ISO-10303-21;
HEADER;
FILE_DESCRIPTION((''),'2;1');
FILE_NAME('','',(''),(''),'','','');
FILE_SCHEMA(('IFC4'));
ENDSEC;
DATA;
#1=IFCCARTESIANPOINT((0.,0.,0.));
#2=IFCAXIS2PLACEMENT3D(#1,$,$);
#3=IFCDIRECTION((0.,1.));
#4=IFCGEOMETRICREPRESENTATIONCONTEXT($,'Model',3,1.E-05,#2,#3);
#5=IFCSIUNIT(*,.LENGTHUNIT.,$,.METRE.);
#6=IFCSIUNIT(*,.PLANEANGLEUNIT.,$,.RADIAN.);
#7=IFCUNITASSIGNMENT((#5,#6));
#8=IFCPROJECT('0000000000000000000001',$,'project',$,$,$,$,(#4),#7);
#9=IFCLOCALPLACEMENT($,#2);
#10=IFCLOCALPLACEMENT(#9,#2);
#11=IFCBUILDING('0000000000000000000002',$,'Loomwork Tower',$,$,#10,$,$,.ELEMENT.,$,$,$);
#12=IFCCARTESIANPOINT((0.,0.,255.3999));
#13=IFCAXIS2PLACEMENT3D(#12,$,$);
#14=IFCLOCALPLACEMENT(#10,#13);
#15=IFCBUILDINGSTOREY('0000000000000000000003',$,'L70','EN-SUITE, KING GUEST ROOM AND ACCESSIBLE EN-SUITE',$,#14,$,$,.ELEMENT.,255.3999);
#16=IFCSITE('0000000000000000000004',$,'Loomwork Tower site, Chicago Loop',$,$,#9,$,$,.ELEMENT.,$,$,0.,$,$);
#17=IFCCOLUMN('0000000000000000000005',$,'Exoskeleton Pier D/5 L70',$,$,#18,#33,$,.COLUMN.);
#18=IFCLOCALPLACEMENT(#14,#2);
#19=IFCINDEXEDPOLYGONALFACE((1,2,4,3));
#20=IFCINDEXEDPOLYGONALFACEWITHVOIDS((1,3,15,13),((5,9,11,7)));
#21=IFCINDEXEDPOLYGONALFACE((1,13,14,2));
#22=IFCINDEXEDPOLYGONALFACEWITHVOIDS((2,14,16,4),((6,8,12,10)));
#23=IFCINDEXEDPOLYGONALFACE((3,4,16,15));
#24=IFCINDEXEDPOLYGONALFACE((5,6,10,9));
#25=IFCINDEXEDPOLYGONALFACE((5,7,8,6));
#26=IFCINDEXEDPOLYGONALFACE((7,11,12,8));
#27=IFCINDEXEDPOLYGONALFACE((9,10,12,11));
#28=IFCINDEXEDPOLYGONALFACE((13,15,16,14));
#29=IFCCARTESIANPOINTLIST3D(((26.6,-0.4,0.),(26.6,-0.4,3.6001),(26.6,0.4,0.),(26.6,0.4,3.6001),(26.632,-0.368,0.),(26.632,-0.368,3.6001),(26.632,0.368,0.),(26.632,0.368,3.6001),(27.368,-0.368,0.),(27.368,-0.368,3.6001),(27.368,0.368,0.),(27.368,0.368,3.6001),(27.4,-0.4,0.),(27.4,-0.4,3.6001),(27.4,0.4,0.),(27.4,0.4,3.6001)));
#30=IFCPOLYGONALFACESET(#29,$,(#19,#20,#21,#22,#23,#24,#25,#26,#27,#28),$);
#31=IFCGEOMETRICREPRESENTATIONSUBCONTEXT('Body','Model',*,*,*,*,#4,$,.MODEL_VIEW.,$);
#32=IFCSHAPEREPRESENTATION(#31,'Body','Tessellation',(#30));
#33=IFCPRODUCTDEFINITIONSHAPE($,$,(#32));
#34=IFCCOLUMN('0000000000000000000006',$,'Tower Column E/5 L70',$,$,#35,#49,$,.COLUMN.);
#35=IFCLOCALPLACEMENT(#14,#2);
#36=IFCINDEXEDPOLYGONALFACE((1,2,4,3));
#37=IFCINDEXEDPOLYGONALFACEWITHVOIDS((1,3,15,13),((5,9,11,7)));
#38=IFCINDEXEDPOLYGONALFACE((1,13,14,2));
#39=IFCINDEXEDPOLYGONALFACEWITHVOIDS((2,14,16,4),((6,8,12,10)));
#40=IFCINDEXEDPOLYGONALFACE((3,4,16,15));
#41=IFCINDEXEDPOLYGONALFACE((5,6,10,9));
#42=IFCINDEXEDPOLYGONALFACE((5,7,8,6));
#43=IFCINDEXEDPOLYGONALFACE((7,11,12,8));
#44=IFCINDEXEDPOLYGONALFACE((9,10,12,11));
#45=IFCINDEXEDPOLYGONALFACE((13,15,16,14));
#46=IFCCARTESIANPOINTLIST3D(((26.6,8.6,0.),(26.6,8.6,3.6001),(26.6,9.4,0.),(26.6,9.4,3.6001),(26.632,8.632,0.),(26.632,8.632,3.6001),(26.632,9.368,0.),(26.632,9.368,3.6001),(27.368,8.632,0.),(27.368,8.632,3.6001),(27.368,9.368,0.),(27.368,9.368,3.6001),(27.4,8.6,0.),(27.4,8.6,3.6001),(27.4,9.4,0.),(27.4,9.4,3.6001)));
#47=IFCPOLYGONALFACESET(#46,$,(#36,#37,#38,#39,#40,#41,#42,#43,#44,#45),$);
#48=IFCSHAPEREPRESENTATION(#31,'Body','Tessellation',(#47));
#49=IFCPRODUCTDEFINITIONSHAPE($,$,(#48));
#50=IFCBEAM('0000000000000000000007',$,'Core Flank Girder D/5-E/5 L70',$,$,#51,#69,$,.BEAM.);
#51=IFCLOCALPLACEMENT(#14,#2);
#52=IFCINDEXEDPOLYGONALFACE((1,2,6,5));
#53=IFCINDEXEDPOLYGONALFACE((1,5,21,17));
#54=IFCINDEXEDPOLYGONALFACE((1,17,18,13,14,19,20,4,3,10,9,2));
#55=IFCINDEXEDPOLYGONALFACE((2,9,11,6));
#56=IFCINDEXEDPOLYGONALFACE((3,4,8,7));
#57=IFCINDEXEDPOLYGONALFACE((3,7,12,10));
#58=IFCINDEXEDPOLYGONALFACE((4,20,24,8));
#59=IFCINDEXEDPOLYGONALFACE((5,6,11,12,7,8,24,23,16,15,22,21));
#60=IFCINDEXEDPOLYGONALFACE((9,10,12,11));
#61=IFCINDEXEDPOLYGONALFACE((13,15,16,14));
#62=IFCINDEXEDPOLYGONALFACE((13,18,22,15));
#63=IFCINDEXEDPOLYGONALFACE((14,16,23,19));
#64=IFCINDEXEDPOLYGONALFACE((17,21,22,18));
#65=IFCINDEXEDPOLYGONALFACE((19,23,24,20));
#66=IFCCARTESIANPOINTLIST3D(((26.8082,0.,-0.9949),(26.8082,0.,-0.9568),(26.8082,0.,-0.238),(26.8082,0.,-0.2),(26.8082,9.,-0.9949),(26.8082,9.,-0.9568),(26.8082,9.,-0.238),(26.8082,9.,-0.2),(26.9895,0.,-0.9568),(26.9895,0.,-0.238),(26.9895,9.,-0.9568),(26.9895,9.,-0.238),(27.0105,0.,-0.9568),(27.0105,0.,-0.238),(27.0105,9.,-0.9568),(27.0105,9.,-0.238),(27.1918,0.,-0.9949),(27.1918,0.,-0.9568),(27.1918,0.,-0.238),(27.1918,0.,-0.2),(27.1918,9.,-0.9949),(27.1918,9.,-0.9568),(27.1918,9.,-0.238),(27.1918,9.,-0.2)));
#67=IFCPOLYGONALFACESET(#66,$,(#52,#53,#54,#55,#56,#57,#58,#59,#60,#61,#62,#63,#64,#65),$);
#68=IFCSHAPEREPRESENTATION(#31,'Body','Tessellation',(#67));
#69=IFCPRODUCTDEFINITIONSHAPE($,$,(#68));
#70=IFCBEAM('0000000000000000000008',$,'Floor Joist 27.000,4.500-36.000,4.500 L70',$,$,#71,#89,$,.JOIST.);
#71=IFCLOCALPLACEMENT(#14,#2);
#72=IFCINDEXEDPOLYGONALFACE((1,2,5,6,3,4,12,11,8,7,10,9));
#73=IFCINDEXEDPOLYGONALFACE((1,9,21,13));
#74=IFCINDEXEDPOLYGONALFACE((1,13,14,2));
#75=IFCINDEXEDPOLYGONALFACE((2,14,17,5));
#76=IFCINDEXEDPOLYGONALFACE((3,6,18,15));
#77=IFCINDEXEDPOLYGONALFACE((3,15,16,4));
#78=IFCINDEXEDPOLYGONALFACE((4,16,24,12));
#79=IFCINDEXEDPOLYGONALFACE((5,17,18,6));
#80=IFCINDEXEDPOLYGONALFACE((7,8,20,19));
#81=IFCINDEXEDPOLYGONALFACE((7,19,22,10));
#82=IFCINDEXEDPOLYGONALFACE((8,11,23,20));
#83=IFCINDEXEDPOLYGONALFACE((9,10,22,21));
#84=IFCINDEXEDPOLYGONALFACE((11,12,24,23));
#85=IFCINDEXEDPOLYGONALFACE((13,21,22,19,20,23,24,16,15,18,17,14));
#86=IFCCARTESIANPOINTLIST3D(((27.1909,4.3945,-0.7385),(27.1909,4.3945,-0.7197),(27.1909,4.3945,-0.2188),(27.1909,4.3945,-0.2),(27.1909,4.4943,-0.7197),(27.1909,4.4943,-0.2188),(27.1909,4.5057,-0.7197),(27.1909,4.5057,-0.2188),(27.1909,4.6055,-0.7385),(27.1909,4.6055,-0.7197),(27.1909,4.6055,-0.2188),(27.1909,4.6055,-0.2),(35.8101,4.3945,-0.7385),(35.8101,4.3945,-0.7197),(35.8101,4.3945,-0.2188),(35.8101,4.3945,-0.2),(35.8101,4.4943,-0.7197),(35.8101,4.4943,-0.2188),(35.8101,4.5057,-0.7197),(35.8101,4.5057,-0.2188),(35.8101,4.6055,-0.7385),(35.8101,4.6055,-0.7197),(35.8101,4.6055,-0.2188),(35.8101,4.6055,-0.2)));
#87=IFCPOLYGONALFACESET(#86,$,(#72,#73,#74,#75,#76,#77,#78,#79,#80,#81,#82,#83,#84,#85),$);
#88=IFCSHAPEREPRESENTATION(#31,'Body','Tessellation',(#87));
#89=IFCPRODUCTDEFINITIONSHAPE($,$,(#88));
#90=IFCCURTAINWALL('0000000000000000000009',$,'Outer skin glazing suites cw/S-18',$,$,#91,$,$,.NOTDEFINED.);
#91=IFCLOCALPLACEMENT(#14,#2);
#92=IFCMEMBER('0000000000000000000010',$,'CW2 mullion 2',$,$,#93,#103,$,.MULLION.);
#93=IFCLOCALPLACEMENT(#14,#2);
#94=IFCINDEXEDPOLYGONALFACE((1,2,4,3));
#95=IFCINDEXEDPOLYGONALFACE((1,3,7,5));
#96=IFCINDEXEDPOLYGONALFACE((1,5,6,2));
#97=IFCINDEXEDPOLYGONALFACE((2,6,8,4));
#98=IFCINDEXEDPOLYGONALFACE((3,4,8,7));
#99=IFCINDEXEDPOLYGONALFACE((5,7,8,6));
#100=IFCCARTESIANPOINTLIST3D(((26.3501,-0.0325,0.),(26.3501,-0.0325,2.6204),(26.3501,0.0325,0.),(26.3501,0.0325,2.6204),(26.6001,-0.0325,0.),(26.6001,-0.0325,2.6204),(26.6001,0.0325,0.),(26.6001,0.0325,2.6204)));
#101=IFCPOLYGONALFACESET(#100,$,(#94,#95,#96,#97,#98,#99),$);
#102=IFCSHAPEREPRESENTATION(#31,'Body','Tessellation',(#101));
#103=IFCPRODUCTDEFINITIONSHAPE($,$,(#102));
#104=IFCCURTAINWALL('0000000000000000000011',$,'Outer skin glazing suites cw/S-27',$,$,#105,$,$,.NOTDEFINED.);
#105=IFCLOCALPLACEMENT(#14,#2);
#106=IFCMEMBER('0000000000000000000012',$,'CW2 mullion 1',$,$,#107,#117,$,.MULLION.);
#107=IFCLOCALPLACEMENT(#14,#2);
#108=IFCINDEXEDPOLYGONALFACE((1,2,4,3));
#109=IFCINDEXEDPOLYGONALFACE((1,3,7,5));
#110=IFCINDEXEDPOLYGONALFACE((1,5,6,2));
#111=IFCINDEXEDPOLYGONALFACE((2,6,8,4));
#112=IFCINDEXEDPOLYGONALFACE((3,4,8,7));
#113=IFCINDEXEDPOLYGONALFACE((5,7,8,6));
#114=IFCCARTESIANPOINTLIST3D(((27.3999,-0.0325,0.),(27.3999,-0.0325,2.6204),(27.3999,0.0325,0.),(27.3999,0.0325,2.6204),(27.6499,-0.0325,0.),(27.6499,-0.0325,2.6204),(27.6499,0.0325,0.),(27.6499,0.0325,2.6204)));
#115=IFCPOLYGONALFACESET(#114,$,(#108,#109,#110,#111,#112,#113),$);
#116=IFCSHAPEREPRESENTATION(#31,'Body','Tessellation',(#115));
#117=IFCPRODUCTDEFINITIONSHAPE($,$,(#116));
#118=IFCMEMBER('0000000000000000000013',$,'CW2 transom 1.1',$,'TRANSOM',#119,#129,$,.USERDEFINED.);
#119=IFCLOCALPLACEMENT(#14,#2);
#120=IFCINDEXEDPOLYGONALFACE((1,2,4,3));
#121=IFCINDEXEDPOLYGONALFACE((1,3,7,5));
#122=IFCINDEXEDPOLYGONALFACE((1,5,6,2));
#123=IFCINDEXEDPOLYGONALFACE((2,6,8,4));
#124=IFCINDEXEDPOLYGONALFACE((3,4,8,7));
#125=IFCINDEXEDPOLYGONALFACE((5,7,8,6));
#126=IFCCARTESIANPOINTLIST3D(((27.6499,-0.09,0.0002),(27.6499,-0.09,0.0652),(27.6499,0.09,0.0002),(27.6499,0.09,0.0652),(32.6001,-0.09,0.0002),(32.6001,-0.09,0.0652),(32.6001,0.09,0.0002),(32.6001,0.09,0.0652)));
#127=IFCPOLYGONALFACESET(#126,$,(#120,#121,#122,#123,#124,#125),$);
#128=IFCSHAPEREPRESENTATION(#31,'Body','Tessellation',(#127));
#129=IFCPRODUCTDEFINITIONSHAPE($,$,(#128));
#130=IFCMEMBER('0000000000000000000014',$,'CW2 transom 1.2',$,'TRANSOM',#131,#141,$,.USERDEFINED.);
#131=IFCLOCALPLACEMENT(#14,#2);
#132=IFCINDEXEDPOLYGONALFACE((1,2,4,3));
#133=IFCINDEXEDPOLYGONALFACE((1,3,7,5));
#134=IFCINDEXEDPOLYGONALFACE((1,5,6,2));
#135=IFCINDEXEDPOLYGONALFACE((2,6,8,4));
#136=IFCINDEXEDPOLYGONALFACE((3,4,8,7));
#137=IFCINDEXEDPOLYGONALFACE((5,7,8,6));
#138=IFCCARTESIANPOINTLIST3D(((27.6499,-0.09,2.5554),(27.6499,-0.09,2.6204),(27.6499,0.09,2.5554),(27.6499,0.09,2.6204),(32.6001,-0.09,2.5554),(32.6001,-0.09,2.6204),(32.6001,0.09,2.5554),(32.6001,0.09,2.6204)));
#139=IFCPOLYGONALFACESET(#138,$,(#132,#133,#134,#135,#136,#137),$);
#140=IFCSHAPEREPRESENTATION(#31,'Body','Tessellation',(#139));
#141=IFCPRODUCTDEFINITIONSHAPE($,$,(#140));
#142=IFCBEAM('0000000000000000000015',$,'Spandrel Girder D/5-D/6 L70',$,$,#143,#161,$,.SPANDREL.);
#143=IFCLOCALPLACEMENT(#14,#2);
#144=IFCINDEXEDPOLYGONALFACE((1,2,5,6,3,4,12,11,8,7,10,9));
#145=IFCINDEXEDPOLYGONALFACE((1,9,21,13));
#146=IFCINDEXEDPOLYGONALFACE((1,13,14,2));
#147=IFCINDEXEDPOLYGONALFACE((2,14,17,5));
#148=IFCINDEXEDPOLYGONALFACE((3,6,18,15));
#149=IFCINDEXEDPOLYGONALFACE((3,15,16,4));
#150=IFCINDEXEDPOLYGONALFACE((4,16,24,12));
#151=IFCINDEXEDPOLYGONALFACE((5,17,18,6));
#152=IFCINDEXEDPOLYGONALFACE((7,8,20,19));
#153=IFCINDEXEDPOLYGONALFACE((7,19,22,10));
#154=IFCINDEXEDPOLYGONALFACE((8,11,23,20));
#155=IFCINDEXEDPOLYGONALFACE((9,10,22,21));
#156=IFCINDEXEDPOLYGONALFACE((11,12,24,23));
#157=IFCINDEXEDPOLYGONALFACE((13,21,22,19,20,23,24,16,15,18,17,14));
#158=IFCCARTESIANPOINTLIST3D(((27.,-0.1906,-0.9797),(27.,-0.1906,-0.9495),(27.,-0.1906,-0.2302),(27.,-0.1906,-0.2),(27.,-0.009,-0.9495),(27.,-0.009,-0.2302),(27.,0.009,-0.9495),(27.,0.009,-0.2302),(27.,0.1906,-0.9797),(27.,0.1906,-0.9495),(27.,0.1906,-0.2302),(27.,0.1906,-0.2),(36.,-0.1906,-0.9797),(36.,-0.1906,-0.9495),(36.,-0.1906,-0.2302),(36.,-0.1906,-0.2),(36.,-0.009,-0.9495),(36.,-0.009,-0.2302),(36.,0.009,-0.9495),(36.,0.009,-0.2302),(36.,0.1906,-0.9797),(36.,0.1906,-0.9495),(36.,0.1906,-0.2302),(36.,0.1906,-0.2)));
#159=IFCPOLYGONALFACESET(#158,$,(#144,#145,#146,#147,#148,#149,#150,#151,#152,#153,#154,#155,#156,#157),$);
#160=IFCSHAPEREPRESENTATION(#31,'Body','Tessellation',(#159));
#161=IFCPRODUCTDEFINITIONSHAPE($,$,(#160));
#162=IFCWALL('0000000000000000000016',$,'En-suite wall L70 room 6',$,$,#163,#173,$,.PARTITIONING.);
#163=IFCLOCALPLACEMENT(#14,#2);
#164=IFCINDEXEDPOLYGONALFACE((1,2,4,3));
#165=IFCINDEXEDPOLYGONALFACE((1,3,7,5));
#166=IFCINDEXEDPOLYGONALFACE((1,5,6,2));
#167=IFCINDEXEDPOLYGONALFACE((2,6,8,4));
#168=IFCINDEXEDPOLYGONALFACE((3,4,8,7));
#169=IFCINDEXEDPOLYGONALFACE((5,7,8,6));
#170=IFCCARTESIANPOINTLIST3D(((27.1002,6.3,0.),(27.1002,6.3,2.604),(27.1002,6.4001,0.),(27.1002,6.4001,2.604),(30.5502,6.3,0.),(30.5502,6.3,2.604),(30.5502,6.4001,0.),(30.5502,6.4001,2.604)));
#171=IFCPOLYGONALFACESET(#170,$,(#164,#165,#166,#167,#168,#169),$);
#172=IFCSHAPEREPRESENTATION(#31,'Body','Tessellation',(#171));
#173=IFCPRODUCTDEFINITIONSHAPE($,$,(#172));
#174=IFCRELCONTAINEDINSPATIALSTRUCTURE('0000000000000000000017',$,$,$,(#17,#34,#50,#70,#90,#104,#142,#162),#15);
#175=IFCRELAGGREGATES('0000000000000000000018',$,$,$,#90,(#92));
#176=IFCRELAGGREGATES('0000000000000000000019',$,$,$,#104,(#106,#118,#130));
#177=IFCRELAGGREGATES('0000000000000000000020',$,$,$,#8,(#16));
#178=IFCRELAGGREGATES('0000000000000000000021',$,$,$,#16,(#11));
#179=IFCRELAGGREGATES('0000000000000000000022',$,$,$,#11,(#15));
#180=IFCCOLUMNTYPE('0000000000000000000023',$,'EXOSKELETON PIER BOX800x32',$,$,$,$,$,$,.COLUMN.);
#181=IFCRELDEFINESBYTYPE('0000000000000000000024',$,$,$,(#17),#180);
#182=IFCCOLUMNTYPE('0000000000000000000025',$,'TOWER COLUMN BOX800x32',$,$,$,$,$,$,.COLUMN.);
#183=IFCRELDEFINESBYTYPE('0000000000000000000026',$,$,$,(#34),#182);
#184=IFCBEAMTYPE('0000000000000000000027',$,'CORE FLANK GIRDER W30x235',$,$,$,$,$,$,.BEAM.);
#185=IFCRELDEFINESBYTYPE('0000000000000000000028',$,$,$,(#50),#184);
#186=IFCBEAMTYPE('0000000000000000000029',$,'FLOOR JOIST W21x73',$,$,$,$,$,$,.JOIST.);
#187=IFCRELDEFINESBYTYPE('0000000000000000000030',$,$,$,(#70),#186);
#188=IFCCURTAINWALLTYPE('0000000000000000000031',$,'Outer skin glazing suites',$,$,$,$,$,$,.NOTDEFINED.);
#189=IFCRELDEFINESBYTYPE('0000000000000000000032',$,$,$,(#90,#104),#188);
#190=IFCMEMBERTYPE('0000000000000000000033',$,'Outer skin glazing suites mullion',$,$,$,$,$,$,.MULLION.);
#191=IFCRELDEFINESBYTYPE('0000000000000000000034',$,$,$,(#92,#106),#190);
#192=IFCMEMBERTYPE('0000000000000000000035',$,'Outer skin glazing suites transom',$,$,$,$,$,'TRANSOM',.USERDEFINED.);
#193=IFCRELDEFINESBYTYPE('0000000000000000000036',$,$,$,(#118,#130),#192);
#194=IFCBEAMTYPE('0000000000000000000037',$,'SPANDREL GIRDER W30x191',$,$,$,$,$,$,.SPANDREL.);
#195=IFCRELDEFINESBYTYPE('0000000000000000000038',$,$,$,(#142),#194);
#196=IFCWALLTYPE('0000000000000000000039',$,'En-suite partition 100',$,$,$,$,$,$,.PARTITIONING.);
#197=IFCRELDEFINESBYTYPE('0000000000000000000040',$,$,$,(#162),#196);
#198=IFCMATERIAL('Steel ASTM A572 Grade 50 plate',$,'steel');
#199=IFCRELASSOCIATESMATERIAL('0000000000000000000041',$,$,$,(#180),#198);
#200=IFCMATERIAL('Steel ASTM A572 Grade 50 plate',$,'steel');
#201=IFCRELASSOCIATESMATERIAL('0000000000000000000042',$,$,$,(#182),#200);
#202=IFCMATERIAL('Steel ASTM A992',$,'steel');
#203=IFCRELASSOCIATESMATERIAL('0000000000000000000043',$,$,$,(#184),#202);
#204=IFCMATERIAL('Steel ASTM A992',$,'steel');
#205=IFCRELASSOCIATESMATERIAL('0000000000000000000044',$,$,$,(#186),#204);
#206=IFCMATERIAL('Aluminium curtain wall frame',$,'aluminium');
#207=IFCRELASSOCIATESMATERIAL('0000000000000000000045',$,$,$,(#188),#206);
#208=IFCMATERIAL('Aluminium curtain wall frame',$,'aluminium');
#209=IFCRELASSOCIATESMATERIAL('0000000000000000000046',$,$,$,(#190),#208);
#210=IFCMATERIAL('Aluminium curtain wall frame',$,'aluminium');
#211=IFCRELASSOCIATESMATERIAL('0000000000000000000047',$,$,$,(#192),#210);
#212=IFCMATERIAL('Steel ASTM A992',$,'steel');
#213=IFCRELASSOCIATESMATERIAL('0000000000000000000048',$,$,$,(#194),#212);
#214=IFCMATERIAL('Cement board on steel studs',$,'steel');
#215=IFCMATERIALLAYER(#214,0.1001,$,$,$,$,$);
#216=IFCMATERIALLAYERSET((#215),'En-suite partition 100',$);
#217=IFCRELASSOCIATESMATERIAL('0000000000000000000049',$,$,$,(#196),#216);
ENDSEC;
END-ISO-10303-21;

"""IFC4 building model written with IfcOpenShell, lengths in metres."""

from ifc_helpers import new_model, si_unit, direction, frame, frame_2d, origin, origin_2d, place, context, subcontext, project, spatial, rectangle, hollow_rectangle, i_section, extrude, material, layer, layer_set, material_profile, profile_set, type_object, element, aggregate, save


model = new_model("IFC4")

# Units and contexts
model_context = context("Model", 3, precision=1e-05, world=origin(), true_north=direction((0.0, 1.0)))
body_context = subcontext(model_context, "Body", "Model", "MODEL_VIEW")
ifc_project = project(units=[si_unit("LENGTHUNIT", "METRE"), si_unit("PLANEANGLEUNIT", "RADIAN")], contexts=[model_context])

# Site, building, storey
site_placement = place(None, origin())
site = spatial("IfcSite", under=ifc_project, at=site_placement, Name="Loomwork Tower site, Chicago Loop", CompositionType="ELEMENT", RefElevation=0.0)
building_placement = place(site_placement, origin())
building = spatial("IfcBuilding", under=site, at=building_placement, Name="Loomwork Tower", CompositionType="ELEMENT")
storey_placement = place(building_placement, frame((0.0, 0.0, 255.3999)))
storey = spatial("IfcBuildingStorey", under=building, at=storey_placement, Name="L70", Description="EN-SUITE, KING GUEST ROOM AND ACCESSIBLE EN-SUITE", CompositionType="ELEMENT", Elevation=255.3999)

# Columns
ifc_material_1 = material(Name="Steel ASTM A572 Grade 50 plate", Category="steel")
ifc_material_profile_1 = material_profile(ifc_material_1, hollow_rectangle(XDim=0.8, YDim=0.8, WallThickness=0.032, at=origin_2d()), Name="BOX800x32")
ifc_profile_set_1 = profile_set([ifc_material_profile_1], Name="Steel ASTM A572 Grade 50 plate")
column_type_1 = type_object("IfcColumnType", Name="EXOSKELETON PIER BOX800x32", PredefinedType="COLUMN", material=ifc_profile_set_1)
column_1_placement = place(storey_placement, frame((27.0, 0.0, 0.0), z_axis=(0.0, 0.0, 1.0), x_axis=(1.0, 0.0, 0.0)))
element("IfcColumn", 1, at=column_1_placement, inside=storey, type_object=column_type_1, Name="Exoskeleton Pier D/5 L70", PredefinedType="COLUMN", context=body_context, shape_type="SweptSolid", body=[
    extrude(hollow_rectangle(XDim=0.8, YDim=0.8, WallThickness=0.032, at=origin_2d()), origin(), (0.0, 0.0, 1.0), 3.6001),
])
ifc_material_2 = material(Name="Steel ASTM A572 Grade 50 plate", Category="steel")
ifc_material_profile_2 = material_profile(ifc_material_2, hollow_rectangle(XDim=0.8, YDim=0.8, WallThickness=0.032, at=origin_2d()), Name="BOX800x32")
ifc_profile_set_2 = profile_set([ifc_material_profile_2], Name="Steel ASTM A572 Grade 50 plate")
column_type_2 = type_object("IfcColumnType", Name="TOWER COLUMN BOX800x32", PredefinedType="COLUMN", material=ifc_profile_set_2)
column_2_placement = place(storey_placement, frame((27.0, 9.0, 0.0), z_axis=(0.0, 0.0, 1.0), x_axis=(1.0, 0.0, 0.0)))
element("IfcColumn", 2, at=column_2_placement, inside=storey, type_object=column_type_2, Name="Tower Column E/5 L70", PredefinedType="COLUMN", context=body_context, shape_type="SweptSolid", body=[
    extrude(hollow_rectangle(XDim=0.8, YDim=0.8, WallThickness=0.032, at=origin_2d()), origin(), (0.0, 0.0, 1.0), 3.6001),
])

# Beams
ifc_material_3 = material(Name="Steel ASTM A992", Category="steel")
ifc_material_profile_3 = material_profile(ifc_material_3, i_section(OverallWidth=0.3835, OverallDepth=0.7949, WebThickness=0.021, FlangeThickness=0.0381, at=origin_2d()), Name="W30x235")
ifc_profile_set_3 = profile_set([ifc_material_profile_3], Name="Steel ASTM A992")
beam_type_1 = type_object("IfcBeamType", Name="CORE FLANK GIRDER W30x235", PredefinedType="BEAM", material=ifc_profile_set_3)
beam_1_placement = place(storey_placement, frame((27.0, 0.0, -0.5974), z_axis=(0.0, 1.0, 0.0), x_axis=(-1.0, 0.0, 0.0)))
element("IfcBeam", 3, at=beam_1_placement, inside=storey, type_object=beam_type_1, Name="Core Flank Girder D/5-E/5 L70", PredefinedType="BEAM", context=body_context, shape_type="SweptSolid", body=[
    extrude(i_section(OverallWidth=0.3835, OverallDepth=0.7949, WebThickness=0.021, FlangeThickness=0.0381, at=origin_2d()), origin(), (0.0, 0.0, 1.0), 9.0),
])
ifc_material_4 = material(Name="Steel ASTM A992", Category="steel")
ifc_material_profile_4 = material_profile(ifc_material_4, i_section(OverallWidth=0.2109, OverallDepth=0.5386, WebThickness=0.0115, FlangeThickness=0.0188, at=origin_2d()), Name="W21x73")
ifc_profile_set_4 = profile_set([ifc_material_profile_4], Name="Steel ASTM A992")
beam_type_2 = type_object("IfcBeamType", Name="FLOOR JOIST W21x73", PredefinedType="JOIST", material=ifc_profile_set_4)
beam_2_placement = place(storey_placement, frame((27.1909, 4.5, -0.4692), z_axis=(1.0, 0.0, 0.0), x_axis=(0.0, 1.0, 0.0)))
element("IfcBeam", 4, at=beam_2_placement, inside=storey, type_object=beam_type_2, Name="Floor Joist 27.000,4.500-36.000,4.500 L70", PredefinedType="JOIST", context=body_context, shape_type="SweptSolid", body=[
    extrude(i_section(OverallWidth=0.2109, OverallDepth=0.5386, WebThickness=0.0115, FlangeThickness=0.0188, at=origin_2d()), origin(), (0.0, 0.0, 1.0), 8.6191),
])

# Curtain wall, member
ifc_material_5 = material(Name="Aluminium curtain wall frame", Category="aluminium")
curtain_wall_type = type_object("IfcCurtainWallType", Name="Outer skin glazing suites", PredefinedType="NOTDEFINED", material=ifc_material_5)
curtain_wall_1_placement = place(storey_placement, origin())
curtain_wall_1 = element("IfcCurtainWall", 5, at=curtain_wall_1_placement, inside=storey, type_object=curtain_wall_type, Name="Outer skin glazing suites cw/S-18", PredefinedType="NOTDEFINED")
ifc_material_6 = material(Name="Aluminium curtain wall frame", Category="aluminium")
ifc_material_profile_5 = material_profile(ifc_material_6, rectangle(XDim=0.0649, YDim=0.25, at=origin_2d()), Name="AL 65x250")
ifc_profile_set_5 = profile_set([ifc_material_profile_5], Name="Aluminium curtain wall frame")
member_type_1 = type_object("IfcMemberType", Name="Outer skin glazing suites mullion", PredefinedType="MULLION", material=ifc_profile_set_5)
member_1_placement = place(storey_placement, frame((26.4751, 0.0, 0.0), z_axis=(0.0, 0.0, 1.0), x_axis=(0.0, 1.0, 0.0)))
member_1 = element("IfcMember", 6, at=member_1_placement, type_object=member_type_1, Name="CW2 mullion 2", PredefinedType="MULLION", context=body_context, shape_type="SweptSolid", body=[
    extrude(rectangle(XDim=0.0649, YDim=0.25, at=origin_2d()), origin(), (0.0, 0.0, 1.0), 2.6204),
])
aggregate(curtain_wall_1, [member_1])

# Curtain wall, members
curtain_wall_2_placement = place(storey_placement, origin())
curtain_wall_2 = element("IfcCurtainWall", 7, at=curtain_wall_2_placement, inside=storey, type_object=curtain_wall_type, Name="Outer skin glazing suites cw/S-27", PredefinedType="NOTDEFINED")
member_2_placement = place(storey_placement, frame((27.5249, 0.0, 0.0), z_axis=(0.0, 0.0, 1.0), x_axis=(0.0, 1.0, 0.0)))
member_2 = element("IfcMember", 8, at=member_2_placement, type_object=member_type_1, Name="CW2 mullion 1", PredefinedType="MULLION", context=body_context, shape_type="SweptSolid", body=[
    extrude(rectangle(XDim=0.0649, YDim=0.25, at=origin_2d()), origin(), (0.0, 0.0, 1.0), 2.6204),
])
ifc_material_7 = material(Name="Aluminium curtain wall frame", Category="aluminium")
ifc_material_profile_6 = material_profile(ifc_material_7, rectangle(XDim=0.1799, YDim=0.0649, at=origin_2d()), Name="AL 65x180")
ifc_profile_set_6 = profile_set([ifc_material_profile_6], Name="Aluminium curtain wall frame")
member_type_2 = type_object("IfcMemberType", Name="Outer skin glazing suites transom", ElementType="TRANSOM", PredefinedType="USERDEFINED", material=ifc_profile_set_6)
member_3_placement = place(storey_placement, frame((27.6499, 0.0, 0.0327), z_axis=(1.0, 0.0, 0.0), x_axis=(0.0, 1.0, 0.0)))
member_3 = element("IfcMember", 9, at=member_3_placement, type_object=member_type_2, Name="CW2 transom 1.1", ObjectType="TRANSOM", PredefinedType="USERDEFINED", context=body_context, shape_type="SweptSolid", body=[
    extrude(rectangle(XDim=0.1799, YDim=0.0649, at=origin_2d()), origin(), (0.0, 0.0, 1.0), 4.9502),
])
member_4_placement = place(storey_placement, frame((27.6499, 0.0, 2.5879), z_axis=(1.0, 0.0, 0.0), x_axis=(0.0, 1.0, 0.0)))
member_4 = element("IfcMember", 10, at=member_4_placement, type_object=member_type_2, Name="CW2 transom 1.2", ObjectType="TRANSOM", PredefinedType="USERDEFINED", context=body_context, shape_type="SweptSolid", body=[
    extrude(rectangle(XDim=0.1799, YDim=0.0649, at=origin_2d()), origin(), (0.0, 0.0, 1.0), 4.9502),
])
aggregate(curtain_wall_2, [member_2, member_3, member_4])

# Beam
ifc_material_8 = material(Name="Steel ASTM A992", Category="steel")
ifc_material_profile_7 = material_profile(ifc_material_8, i_section(OverallWidth=0.3811, OverallDepth=0.7798, WebThickness=0.0181, FlangeThickness=0.0303, at=origin_2d()), Name="W30x191")
ifc_profile_set_7 = profile_set([ifc_material_profile_7], Name="Steel ASTM A992")
beam_type_3 = type_object("IfcBeamType", Name="SPANDREL GIRDER W30x191", PredefinedType="SPANDREL", material=ifc_profile_set_7)
beam_3_placement = place(storey_placement, frame((27.0, 0.0, -0.5898), z_axis=(1.0, 0.0, 0.0), x_axis=(0.0, 1.0, 0.0)))
element("IfcBeam", 11, at=beam_3_placement, inside=storey, type_object=beam_type_3, Name="Spandrel Girder D/5-D/6 L70", PredefinedType="SPANDREL", context=body_context, shape_type="SweptSolid", body=[
    extrude(i_section(OverallWidth=0.3811, OverallDepth=0.7798, WebThickness=0.0181, FlangeThickness=0.0303, at=origin_2d()), origin(), (0.0, 0.0, 1.0), 9.0),
])

# Wall
ifc_material_9 = material(Name="Cement board on steel studs", Category="steel")
ifc_layer_1 = layer(ifc_material_9, 0.1001)
ifc_layer_set_1 = layer_set([ifc_layer_1], Name="En-suite partition 100")
wall_type_1 = type_object("IfcWallType", Name="En-suite partition 100", PredefinedType="PARTITIONING", material=ifc_layer_set_1)
wall_1_placement = place(storey_placement, frame((27.1001, 6.3501, 0.0), z_axis=(0.0, 0.0, 1.0), x_axis=(1.0, 0.0, 0.0)))
element("IfcWall", 12, at=wall_1_placement, inside=storey, type_object=wall_type_1, Name="En-suite wall L70 room 6", PredefinedType="PARTITIONING", context=body_context, shape_type="SweptSolid", body=[
    extrude(rectangle(XDim=3.45, YDim=0.1001, at=frame_2d((1.7251, 0.0))), origin(), (0.0, 0.0, 1.0), 2.604),
])

save(model, "model.ifc")
